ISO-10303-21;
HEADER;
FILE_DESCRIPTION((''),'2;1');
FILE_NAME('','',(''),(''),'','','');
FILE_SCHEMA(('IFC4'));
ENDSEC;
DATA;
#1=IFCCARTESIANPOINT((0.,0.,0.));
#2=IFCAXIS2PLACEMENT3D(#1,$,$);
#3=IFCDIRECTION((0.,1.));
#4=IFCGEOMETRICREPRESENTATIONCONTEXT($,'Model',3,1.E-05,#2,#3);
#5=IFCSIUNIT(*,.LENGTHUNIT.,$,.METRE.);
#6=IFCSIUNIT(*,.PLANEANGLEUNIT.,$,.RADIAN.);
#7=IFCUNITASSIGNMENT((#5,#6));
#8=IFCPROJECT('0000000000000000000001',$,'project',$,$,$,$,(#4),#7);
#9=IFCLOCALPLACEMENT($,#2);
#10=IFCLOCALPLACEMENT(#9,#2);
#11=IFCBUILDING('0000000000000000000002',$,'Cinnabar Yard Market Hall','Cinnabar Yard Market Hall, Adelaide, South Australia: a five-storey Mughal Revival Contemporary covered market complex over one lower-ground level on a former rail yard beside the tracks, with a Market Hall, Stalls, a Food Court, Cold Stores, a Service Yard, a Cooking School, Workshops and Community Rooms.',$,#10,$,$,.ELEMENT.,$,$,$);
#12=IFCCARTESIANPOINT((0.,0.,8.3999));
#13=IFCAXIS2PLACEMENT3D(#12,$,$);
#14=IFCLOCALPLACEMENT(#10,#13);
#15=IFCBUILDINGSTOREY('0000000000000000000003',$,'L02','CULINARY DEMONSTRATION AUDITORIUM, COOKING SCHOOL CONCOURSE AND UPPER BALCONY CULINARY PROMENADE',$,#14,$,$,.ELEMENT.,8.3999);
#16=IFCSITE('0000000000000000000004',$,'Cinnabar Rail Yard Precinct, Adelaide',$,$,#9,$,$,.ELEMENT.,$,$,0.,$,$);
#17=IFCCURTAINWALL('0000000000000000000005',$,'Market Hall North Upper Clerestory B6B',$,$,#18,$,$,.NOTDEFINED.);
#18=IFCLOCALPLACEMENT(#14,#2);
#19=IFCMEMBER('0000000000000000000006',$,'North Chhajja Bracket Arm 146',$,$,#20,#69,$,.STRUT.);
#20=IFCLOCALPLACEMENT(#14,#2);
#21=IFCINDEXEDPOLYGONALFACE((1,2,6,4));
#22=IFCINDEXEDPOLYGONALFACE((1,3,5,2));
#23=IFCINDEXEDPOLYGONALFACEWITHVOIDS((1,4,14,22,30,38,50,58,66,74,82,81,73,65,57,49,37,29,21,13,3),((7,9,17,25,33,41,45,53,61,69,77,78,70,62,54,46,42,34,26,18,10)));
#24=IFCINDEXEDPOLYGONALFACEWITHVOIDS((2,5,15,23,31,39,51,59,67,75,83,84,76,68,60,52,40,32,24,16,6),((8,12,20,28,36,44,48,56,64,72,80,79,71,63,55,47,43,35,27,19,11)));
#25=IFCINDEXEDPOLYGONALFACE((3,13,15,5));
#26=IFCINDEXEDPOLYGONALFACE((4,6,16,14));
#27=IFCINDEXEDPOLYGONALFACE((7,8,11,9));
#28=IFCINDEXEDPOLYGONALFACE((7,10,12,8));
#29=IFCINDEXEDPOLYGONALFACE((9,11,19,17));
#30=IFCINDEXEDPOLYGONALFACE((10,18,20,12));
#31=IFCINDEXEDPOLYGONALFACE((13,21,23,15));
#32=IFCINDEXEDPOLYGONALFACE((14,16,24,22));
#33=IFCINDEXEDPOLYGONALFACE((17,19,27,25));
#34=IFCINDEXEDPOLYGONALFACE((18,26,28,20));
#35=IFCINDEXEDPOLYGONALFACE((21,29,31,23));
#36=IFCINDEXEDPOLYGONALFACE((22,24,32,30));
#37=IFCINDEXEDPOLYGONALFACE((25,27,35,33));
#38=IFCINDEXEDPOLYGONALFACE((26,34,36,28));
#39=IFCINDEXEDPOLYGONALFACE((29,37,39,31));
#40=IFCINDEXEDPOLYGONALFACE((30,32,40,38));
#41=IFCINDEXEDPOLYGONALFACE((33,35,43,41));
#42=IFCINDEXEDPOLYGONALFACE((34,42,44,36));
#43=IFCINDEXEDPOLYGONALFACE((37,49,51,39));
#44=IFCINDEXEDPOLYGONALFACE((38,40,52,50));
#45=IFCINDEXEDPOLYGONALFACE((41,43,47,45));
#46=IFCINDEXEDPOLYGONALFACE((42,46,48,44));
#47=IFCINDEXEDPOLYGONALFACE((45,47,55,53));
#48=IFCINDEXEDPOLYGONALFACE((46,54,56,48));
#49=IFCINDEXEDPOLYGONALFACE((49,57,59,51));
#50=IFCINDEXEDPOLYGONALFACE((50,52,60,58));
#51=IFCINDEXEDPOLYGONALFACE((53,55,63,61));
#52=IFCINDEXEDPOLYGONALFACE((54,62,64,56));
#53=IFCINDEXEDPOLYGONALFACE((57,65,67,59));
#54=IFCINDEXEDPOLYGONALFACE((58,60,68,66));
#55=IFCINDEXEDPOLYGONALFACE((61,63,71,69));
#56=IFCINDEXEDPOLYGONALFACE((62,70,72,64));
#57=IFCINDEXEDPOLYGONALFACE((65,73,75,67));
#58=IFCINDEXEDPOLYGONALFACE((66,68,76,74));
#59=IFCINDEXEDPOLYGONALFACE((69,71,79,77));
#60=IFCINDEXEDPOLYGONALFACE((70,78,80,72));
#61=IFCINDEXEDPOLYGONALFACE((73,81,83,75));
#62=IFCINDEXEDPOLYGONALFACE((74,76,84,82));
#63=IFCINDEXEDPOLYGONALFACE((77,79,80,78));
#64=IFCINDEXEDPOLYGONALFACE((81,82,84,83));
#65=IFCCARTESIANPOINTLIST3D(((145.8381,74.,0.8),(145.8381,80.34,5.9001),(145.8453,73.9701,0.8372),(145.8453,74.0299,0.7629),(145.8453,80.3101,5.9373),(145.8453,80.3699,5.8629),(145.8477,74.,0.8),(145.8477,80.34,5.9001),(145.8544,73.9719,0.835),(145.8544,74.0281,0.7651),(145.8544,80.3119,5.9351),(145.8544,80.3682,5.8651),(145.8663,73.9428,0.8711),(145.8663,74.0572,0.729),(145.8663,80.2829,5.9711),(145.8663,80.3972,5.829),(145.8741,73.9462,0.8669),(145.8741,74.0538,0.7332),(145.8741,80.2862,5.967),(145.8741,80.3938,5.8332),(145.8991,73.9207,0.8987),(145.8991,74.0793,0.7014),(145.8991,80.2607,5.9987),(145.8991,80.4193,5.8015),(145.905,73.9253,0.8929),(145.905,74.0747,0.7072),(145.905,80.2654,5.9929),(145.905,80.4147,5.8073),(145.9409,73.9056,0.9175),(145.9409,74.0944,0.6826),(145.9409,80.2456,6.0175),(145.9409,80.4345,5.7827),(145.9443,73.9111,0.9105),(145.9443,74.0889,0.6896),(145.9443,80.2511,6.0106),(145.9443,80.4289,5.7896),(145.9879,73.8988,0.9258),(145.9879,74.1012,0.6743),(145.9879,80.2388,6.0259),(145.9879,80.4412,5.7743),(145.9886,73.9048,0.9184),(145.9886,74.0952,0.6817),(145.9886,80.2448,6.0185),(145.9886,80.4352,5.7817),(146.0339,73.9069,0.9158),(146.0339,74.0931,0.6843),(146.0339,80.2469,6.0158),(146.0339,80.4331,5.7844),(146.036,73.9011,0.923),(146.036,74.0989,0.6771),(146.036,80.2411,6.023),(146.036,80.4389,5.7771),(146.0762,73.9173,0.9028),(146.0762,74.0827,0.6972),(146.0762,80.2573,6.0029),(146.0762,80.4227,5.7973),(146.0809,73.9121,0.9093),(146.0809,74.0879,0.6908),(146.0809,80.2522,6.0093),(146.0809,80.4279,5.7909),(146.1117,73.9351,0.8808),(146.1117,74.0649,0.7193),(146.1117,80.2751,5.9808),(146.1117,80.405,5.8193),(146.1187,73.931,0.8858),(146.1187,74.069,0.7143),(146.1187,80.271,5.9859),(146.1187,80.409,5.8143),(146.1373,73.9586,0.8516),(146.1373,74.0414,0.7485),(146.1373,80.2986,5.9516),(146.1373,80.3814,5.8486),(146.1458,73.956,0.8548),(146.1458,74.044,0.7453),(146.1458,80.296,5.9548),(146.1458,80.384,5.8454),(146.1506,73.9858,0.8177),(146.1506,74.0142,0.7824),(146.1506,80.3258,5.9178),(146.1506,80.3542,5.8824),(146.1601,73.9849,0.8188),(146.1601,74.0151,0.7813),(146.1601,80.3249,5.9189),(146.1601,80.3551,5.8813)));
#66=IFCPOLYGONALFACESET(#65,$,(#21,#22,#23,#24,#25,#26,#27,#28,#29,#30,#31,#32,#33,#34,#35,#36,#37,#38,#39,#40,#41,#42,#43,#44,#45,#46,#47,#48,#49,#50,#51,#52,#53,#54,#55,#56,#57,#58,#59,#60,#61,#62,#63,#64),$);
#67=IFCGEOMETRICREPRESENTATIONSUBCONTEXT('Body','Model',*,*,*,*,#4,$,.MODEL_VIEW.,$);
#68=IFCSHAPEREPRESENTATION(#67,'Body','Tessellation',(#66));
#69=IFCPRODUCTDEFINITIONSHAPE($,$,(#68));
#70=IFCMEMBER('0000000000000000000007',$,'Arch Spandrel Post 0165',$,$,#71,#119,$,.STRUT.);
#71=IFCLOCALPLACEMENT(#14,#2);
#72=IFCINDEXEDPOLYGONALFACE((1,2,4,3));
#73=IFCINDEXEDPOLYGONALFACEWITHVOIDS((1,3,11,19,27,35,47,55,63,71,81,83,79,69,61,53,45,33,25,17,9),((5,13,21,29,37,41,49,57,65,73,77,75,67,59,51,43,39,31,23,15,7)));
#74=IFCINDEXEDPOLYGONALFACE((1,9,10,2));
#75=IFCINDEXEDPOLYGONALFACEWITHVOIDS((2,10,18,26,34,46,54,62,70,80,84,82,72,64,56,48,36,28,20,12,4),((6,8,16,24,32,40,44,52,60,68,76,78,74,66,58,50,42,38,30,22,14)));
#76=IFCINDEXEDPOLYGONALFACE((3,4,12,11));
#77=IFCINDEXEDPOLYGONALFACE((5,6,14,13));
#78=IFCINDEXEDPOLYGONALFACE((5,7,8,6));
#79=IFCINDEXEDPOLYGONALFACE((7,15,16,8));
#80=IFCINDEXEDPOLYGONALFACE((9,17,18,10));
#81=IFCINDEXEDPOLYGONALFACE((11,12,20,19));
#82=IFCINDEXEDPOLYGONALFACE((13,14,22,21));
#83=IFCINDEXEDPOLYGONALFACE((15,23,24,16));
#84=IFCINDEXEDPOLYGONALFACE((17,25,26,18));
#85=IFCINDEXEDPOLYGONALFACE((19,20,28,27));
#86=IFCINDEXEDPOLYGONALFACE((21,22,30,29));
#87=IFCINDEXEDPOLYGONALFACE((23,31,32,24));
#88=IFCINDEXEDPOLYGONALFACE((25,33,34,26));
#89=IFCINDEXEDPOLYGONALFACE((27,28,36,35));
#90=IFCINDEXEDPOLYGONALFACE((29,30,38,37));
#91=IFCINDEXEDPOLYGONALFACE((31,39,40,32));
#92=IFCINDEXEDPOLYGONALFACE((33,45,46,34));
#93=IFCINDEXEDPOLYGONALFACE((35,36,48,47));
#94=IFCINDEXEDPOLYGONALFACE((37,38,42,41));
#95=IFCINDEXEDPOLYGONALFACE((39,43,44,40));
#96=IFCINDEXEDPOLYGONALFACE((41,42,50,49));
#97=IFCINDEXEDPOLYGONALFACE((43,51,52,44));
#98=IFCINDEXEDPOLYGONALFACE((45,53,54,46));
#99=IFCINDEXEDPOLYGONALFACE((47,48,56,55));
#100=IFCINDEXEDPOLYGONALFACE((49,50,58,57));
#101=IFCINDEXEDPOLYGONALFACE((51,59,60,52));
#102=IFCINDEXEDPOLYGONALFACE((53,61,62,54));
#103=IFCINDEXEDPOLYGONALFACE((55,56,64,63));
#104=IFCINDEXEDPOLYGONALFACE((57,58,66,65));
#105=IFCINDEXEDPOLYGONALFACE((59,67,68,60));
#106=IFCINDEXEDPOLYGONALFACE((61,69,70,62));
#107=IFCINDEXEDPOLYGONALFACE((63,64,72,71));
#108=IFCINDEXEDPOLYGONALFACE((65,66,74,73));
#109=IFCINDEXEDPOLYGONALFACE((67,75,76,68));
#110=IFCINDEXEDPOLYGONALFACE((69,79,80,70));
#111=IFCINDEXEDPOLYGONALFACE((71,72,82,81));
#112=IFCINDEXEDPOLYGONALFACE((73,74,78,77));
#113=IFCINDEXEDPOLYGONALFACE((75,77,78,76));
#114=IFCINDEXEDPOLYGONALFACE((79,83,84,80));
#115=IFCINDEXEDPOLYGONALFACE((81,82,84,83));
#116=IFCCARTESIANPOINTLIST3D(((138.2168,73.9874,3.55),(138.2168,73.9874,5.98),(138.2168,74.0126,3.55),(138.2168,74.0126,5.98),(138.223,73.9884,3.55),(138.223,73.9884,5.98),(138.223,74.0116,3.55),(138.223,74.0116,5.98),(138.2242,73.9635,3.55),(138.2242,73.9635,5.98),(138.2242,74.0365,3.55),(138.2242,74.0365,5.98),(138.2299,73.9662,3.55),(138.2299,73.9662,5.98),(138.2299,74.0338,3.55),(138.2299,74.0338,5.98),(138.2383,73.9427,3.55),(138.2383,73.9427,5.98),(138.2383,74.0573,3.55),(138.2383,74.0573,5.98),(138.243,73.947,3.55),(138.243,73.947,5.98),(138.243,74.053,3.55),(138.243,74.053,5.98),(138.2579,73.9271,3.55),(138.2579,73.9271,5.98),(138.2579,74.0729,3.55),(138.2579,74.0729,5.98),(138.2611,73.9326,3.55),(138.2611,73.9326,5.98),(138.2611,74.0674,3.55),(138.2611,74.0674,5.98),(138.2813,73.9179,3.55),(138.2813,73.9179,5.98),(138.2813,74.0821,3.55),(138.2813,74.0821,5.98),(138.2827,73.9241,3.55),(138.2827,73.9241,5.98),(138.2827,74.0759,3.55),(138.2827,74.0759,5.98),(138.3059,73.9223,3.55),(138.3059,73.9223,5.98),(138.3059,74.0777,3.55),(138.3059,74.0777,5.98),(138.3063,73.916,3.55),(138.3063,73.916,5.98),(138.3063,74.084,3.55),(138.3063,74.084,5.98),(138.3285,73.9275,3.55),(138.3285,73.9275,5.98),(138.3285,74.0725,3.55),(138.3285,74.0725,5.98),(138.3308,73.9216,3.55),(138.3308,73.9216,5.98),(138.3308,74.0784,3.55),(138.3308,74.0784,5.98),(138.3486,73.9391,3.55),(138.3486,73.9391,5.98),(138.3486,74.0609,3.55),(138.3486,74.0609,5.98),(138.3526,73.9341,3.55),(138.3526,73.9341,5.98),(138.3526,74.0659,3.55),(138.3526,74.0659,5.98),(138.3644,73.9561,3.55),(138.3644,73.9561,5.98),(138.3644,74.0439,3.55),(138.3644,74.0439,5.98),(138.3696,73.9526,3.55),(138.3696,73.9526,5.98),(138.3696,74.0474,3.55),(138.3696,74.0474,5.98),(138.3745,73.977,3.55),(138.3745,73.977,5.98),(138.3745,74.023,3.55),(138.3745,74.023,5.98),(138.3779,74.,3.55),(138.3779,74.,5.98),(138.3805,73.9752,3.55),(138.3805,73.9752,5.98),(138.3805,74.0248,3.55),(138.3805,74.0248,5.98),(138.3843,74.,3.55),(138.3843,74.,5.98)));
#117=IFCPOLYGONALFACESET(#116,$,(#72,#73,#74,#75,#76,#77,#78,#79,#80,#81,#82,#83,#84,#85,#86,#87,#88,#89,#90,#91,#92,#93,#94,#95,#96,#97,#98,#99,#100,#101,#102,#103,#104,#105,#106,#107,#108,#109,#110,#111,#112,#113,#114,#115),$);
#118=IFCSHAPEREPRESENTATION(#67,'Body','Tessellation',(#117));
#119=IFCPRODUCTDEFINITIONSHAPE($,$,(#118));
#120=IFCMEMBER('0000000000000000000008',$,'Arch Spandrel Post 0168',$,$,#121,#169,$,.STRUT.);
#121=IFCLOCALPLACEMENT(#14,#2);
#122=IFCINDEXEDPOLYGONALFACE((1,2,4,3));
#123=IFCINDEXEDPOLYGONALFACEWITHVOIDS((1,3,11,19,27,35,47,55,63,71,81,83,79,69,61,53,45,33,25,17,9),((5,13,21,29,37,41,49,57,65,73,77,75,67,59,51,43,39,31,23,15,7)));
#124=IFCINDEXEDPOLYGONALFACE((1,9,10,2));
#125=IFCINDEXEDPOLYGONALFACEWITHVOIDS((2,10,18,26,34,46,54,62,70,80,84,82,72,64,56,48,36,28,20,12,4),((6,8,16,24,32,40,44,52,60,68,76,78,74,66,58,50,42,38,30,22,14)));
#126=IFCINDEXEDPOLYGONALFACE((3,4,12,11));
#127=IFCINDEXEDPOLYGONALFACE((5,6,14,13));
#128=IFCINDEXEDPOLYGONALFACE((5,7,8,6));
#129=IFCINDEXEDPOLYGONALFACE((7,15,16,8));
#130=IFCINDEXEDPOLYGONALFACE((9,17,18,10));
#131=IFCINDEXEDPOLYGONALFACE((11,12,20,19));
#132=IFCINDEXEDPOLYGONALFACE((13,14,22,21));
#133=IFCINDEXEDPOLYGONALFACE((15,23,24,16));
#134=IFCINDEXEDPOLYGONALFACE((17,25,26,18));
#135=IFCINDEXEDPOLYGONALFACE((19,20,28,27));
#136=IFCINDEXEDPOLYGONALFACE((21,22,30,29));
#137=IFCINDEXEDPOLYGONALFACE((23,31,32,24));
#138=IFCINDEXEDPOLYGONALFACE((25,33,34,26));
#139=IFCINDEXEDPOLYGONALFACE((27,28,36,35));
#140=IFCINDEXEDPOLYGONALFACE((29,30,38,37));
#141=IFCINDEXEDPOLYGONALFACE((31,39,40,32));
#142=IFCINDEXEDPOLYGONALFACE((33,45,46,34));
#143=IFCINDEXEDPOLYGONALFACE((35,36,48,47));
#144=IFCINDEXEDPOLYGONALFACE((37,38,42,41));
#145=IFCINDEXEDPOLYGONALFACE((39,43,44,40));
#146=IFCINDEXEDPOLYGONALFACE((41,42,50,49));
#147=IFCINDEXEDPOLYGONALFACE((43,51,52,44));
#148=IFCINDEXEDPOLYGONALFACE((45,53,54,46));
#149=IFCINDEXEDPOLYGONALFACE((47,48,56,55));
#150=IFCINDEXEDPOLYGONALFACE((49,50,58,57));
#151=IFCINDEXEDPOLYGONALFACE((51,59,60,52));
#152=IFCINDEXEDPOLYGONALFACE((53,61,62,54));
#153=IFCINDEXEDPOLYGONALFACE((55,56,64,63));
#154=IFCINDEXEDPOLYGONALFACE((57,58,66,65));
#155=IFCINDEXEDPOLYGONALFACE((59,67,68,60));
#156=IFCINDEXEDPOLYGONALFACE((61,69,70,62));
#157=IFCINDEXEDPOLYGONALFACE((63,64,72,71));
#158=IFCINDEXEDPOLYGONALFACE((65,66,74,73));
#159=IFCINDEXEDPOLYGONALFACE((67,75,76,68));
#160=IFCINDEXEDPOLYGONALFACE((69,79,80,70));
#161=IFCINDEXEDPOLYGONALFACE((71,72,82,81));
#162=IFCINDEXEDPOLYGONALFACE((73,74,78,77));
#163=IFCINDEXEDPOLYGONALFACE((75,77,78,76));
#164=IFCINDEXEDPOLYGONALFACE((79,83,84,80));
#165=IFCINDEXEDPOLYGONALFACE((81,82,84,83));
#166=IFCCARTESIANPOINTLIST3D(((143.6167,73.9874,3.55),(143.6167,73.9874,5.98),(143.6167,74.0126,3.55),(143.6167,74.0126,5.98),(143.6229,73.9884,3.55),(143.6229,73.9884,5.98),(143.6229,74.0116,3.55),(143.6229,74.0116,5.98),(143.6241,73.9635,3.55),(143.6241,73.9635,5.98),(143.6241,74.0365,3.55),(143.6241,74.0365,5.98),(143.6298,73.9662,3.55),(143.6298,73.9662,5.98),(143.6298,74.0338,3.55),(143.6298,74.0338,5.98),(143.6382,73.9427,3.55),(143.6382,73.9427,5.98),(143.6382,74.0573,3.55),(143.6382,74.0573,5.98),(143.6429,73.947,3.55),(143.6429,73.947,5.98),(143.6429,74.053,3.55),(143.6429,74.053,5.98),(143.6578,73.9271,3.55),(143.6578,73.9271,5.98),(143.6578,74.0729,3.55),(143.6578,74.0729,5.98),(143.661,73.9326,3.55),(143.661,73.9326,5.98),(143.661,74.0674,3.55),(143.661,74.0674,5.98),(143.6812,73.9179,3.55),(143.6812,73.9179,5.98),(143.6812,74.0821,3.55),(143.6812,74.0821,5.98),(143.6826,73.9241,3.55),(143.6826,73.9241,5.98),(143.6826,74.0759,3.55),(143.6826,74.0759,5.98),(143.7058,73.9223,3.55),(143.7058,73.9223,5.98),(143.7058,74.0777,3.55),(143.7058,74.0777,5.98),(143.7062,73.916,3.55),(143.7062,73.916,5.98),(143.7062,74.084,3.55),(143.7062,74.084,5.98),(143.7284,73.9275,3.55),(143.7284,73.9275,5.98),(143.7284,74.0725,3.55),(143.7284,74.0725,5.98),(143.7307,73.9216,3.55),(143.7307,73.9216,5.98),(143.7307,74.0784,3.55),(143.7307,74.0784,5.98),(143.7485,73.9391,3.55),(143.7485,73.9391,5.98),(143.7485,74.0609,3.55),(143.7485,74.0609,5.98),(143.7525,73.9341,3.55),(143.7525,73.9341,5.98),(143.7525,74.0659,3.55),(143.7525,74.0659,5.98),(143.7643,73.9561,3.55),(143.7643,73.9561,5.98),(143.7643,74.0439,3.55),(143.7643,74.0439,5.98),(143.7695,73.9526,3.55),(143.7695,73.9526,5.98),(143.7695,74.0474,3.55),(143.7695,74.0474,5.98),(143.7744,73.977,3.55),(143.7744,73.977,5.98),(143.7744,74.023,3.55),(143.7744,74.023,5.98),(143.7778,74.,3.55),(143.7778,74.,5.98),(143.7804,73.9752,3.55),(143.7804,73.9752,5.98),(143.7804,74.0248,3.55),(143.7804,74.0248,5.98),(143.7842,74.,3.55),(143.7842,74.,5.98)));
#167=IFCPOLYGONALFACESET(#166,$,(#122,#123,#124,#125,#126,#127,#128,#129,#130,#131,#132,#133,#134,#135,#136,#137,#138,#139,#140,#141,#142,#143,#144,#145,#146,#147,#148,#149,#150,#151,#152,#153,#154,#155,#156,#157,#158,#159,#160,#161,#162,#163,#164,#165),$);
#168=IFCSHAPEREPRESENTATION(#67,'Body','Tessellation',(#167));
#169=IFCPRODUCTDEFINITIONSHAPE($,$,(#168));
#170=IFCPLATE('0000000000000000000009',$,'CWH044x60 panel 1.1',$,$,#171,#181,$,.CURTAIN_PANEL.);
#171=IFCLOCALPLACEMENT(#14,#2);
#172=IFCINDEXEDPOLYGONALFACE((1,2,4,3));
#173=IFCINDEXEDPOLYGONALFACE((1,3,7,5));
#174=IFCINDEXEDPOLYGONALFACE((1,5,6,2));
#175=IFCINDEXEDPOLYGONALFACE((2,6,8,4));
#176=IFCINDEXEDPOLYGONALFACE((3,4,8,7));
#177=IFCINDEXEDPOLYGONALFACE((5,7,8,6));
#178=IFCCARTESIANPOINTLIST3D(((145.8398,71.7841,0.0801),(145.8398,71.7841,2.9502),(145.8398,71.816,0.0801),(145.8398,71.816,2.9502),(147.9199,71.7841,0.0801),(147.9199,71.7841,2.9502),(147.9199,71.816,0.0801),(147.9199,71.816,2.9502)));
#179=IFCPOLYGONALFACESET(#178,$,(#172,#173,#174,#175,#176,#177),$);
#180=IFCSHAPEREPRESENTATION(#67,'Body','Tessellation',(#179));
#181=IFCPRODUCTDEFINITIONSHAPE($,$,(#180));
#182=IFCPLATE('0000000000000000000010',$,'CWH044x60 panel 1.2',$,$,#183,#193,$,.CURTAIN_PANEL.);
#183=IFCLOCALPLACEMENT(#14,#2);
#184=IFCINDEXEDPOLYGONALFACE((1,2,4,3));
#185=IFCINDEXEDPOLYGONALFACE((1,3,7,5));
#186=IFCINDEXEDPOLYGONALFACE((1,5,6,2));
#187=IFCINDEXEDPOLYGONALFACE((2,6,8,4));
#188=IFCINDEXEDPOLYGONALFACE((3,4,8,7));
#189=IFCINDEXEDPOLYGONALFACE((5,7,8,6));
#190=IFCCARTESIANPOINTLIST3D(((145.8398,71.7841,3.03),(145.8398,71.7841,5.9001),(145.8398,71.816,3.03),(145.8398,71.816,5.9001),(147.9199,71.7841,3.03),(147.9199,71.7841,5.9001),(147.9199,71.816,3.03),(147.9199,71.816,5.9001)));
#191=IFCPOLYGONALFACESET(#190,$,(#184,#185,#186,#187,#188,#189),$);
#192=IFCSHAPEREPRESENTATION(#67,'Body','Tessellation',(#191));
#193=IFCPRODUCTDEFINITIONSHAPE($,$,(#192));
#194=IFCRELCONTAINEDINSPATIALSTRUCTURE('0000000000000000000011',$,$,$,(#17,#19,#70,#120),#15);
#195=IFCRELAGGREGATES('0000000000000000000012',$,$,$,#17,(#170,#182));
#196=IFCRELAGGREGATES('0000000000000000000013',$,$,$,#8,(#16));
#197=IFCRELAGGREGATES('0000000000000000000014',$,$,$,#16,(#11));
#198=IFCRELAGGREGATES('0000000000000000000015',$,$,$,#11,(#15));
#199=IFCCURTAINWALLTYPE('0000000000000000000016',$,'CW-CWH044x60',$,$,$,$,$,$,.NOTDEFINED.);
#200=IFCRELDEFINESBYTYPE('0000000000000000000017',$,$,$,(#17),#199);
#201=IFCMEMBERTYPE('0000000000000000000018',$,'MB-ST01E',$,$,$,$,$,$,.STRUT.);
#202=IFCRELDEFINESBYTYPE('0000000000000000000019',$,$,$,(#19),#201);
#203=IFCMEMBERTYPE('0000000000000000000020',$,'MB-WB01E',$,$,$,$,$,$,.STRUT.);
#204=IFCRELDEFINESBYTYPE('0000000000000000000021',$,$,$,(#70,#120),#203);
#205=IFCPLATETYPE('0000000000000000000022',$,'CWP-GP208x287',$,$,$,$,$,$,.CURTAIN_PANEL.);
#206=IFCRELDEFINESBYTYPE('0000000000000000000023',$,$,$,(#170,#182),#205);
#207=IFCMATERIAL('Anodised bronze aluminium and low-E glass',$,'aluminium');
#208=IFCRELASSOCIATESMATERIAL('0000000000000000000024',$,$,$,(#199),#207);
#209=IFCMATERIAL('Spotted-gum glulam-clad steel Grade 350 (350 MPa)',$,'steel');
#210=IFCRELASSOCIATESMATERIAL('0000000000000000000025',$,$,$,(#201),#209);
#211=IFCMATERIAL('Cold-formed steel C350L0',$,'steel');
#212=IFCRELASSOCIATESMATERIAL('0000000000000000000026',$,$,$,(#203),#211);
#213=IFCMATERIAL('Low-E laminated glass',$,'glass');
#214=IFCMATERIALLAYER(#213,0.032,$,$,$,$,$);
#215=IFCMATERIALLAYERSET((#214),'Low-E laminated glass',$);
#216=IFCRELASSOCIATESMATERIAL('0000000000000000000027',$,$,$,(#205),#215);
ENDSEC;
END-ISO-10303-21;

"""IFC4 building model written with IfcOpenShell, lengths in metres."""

from ifc_helpers import new_model, si_unit, direction, frame, origin, origin_2d_with_axis, place, context, subcontext, project, spatial, rectangle, hollow_circle, extrude, material, layer, layer_set, material_profile, profile_set, type_object, element, aggregate, save


model = new_model("IFC4")

# Units and contexts
model_context = context("Model", 3, precision=1e-05, world=origin(), true_north=direction((0.0, 1.0)))
body_context = subcontext(model_context, "Body", "Model", "MODEL_VIEW")
ifc_project = project(units=[si_unit("LENGTHUNIT", "METRE"), si_unit("PLANEANGLEUNIT", "RADIAN")], contexts=[model_context])

# Site, building, storey
site_placement = place(None, origin())
site = spatial("IfcSite", under=ifc_project, at=site_placement, Name="Cinnabar Rail Yard Precinct, Adelaide", CompositionType="ELEMENT", RefElevation=0.0)
building_placement = place(site_placement, origin())
building = spatial("IfcBuilding", under=site, at=building_placement, Name="Cinnabar Yard Market Hall", Description="Cinnabar Yard Market Hall, Adelaide, South Australia: a five-storey Mughal Revival Contemporary covered market complex over one lower-ground level on a former rail yard beside the tracks, with a Market Hall, Stalls, a Food Court, Cold Stores, a Service Yard, a Cooking School, Workshops and Community Rooms.", CompositionType="ELEMENT")
storey_placement = place(building_placement, frame((0.0, 0.0, 8.3999)))
storey = spatial("IfcBuildingStorey", under=building, at=storey_placement, Name="L02", Description="CULINARY DEMONSTRATION AUDITORIUM, COOKING SCHOOL CONCOURSE AND UPPER BALCONY CULINARY PROMENADE", CompositionType="ELEMENT", Elevation=8.3999)

# Shared definitions
ifc_material_1 = material(Name="Spotted-gum glulam-clad steel Grade 350 (350 MPa)", Category="steel")

# Shared definitions
ifc_material_2 = material(Name="Anodised bronze aluminium and low-E glass", Category="aluminium")
curtain_wall_type = type_object("IfcCurtainWallType", Name="CW-CWH044x60", PredefinedType="NOTDEFINED", material=ifc_material_2)

# Curtain wall
curtain_wall_1_placement = place(storey_placement, origin())
curtain_wall_1 = element("IfcCurtainWall", 1, at=curtain_wall_1_placement, inside=storey, type_object=curtain_wall_type, Name="Market Hall North Upper Clerestory B6B", PredefinedType="NOTDEFINED")

# Members
ifc_material_profile_1 = material_profile(ifc_material_1, hollow_circle(Radius=0.1619, WallThickness=0.0095, at=origin_2d_with_axis()), Name="323.9x9.5CHS")
ifc_profile_set_1 = profile_set([ifc_material_profile_1], Name="Spotted-gum glulam-clad steel Grade 350 (350 MPa)")
member_type_1 = type_object("IfcMemberType", Name="MB-ST01E", PredefinedType="STRUT", material=ifc_profile_set_1)
member_1_placement = place(storey_placement, frame((146.0, 74.0, 0.8), z_axis=(0.0, 0.779186, 0.626793), x_axis=(-1.0, 0.0, 0.0)))
element("IfcMember", 2, at=member_1_placement, inside=storey, type_object=member_type_1, Name="North Chhajja Bracket Arm 146", PredefinedType="STRUT", context=body_context, shape_type="SweptSolid", body=[
    extrude(hollow_circle(Radius=0.1619, WallThickness=0.0095, at=origin_2d_with_axis()), origin(), (0.0, 0.0, 1.0), 8.1367),
])
ifc_material_3 = material(Name="Cold-formed steel C350L0", Category="steel")
ifc_material_profile_2 = material_profile(ifc_material_3, hollow_circle(Radius=0.0842, WallThickness=0.0063, at=origin_2d_with_axis()), Name="168.3x6.4CHS")
ifc_profile_set_2 = profile_set([ifc_material_profile_2], Name="Cold-formed steel C350L0")
member_type_2 = type_object("IfcMemberType", Name="MB-WB01E", PredefinedType="STRUT", material=ifc_profile_set_2)
for number, where, z_axis, x_axis, name in (
    (3, (138.3, 74.0, 3.55), (0.0, 0.0, 1.0), (1.0, 0.0, 0.0), "Arch Spandrel Post 0165"),
    (4, (143.7, 74.0, 3.55), (0.0, 0.0, 1.0), (1.0, 0.0, 0.0), "Arch Spandrel Post 0168"),
):
    element("IfcMember", number, at=place(storey_placement, frame(where, z_axis=z_axis, x_axis=x_axis)), inside=storey, type_object=member_type_2, Name=name, PredefinedType="STRUT", context=body_context, shape_type="SweptSolid", body=[
        extrude(hollow_circle(Radius=0.0842, WallThickness=0.0063, at=origin_2d_with_axis()), origin(), (0.0, 0.0, 1.0), 2.4299),
    ])

# Plates
ifc_material_4 = material(Name="Low-E laminated glass", Category="glass")
ifc_layer_1 = layer(ifc_material_4, 0.032)
ifc_layer_set_1 = layer_set([ifc_layer_1], Name="Low-E laminated glass")
plate_type_1 = type_object("IfcPlateType", Name="CWP-GP208x287", PredefinedType="CURTAIN_PANEL", material=ifc_layer_set_1)
plate_1_placement = place(storey_placement, frame((146.8799, 71.8, 0.0801), z_axis=(0.0, 0.0, 1.0), x_axis=(-1.0, 0.0, 0.0)))
plate_1 = element("IfcPlate", 5, at=plate_1_placement, type_object=plate_type_1, Name="CWH044x60 panel 1.1", PredefinedType="CURTAIN_PANEL", context=body_context, shape_type="SweptSolid", body=[
    extrude(rectangle(XDim=2.0801, YDim=0.032, at=origin_2d_with_axis()), origin(), (0.0, 0.0, 1.0), 2.8701),
])
plate_2_placement = place(storey_placement, frame((146.8799, 71.8, 3.03), z_axis=(0.0, 0.0, 1.0), x_axis=(-1.0, 0.0, 0.0)))
plate_2 = element("IfcPlate", 6, at=plate_2_placement, type_object=plate_type_1, Name="CWH044x60 panel 1.2", PredefinedType="CURTAIN_PANEL", context=body_context, shape_type="SweptSolid", body=[
    extrude(rectangle(XDim=2.0801, YDim=0.032, at=origin_2d_with_axis()), origin(), (0.0, 0.0, 1.0), 2.8701),
])
aggregate(curtain_wall_1, [plate_1, plate_2])

save(model, "model.ifc")
